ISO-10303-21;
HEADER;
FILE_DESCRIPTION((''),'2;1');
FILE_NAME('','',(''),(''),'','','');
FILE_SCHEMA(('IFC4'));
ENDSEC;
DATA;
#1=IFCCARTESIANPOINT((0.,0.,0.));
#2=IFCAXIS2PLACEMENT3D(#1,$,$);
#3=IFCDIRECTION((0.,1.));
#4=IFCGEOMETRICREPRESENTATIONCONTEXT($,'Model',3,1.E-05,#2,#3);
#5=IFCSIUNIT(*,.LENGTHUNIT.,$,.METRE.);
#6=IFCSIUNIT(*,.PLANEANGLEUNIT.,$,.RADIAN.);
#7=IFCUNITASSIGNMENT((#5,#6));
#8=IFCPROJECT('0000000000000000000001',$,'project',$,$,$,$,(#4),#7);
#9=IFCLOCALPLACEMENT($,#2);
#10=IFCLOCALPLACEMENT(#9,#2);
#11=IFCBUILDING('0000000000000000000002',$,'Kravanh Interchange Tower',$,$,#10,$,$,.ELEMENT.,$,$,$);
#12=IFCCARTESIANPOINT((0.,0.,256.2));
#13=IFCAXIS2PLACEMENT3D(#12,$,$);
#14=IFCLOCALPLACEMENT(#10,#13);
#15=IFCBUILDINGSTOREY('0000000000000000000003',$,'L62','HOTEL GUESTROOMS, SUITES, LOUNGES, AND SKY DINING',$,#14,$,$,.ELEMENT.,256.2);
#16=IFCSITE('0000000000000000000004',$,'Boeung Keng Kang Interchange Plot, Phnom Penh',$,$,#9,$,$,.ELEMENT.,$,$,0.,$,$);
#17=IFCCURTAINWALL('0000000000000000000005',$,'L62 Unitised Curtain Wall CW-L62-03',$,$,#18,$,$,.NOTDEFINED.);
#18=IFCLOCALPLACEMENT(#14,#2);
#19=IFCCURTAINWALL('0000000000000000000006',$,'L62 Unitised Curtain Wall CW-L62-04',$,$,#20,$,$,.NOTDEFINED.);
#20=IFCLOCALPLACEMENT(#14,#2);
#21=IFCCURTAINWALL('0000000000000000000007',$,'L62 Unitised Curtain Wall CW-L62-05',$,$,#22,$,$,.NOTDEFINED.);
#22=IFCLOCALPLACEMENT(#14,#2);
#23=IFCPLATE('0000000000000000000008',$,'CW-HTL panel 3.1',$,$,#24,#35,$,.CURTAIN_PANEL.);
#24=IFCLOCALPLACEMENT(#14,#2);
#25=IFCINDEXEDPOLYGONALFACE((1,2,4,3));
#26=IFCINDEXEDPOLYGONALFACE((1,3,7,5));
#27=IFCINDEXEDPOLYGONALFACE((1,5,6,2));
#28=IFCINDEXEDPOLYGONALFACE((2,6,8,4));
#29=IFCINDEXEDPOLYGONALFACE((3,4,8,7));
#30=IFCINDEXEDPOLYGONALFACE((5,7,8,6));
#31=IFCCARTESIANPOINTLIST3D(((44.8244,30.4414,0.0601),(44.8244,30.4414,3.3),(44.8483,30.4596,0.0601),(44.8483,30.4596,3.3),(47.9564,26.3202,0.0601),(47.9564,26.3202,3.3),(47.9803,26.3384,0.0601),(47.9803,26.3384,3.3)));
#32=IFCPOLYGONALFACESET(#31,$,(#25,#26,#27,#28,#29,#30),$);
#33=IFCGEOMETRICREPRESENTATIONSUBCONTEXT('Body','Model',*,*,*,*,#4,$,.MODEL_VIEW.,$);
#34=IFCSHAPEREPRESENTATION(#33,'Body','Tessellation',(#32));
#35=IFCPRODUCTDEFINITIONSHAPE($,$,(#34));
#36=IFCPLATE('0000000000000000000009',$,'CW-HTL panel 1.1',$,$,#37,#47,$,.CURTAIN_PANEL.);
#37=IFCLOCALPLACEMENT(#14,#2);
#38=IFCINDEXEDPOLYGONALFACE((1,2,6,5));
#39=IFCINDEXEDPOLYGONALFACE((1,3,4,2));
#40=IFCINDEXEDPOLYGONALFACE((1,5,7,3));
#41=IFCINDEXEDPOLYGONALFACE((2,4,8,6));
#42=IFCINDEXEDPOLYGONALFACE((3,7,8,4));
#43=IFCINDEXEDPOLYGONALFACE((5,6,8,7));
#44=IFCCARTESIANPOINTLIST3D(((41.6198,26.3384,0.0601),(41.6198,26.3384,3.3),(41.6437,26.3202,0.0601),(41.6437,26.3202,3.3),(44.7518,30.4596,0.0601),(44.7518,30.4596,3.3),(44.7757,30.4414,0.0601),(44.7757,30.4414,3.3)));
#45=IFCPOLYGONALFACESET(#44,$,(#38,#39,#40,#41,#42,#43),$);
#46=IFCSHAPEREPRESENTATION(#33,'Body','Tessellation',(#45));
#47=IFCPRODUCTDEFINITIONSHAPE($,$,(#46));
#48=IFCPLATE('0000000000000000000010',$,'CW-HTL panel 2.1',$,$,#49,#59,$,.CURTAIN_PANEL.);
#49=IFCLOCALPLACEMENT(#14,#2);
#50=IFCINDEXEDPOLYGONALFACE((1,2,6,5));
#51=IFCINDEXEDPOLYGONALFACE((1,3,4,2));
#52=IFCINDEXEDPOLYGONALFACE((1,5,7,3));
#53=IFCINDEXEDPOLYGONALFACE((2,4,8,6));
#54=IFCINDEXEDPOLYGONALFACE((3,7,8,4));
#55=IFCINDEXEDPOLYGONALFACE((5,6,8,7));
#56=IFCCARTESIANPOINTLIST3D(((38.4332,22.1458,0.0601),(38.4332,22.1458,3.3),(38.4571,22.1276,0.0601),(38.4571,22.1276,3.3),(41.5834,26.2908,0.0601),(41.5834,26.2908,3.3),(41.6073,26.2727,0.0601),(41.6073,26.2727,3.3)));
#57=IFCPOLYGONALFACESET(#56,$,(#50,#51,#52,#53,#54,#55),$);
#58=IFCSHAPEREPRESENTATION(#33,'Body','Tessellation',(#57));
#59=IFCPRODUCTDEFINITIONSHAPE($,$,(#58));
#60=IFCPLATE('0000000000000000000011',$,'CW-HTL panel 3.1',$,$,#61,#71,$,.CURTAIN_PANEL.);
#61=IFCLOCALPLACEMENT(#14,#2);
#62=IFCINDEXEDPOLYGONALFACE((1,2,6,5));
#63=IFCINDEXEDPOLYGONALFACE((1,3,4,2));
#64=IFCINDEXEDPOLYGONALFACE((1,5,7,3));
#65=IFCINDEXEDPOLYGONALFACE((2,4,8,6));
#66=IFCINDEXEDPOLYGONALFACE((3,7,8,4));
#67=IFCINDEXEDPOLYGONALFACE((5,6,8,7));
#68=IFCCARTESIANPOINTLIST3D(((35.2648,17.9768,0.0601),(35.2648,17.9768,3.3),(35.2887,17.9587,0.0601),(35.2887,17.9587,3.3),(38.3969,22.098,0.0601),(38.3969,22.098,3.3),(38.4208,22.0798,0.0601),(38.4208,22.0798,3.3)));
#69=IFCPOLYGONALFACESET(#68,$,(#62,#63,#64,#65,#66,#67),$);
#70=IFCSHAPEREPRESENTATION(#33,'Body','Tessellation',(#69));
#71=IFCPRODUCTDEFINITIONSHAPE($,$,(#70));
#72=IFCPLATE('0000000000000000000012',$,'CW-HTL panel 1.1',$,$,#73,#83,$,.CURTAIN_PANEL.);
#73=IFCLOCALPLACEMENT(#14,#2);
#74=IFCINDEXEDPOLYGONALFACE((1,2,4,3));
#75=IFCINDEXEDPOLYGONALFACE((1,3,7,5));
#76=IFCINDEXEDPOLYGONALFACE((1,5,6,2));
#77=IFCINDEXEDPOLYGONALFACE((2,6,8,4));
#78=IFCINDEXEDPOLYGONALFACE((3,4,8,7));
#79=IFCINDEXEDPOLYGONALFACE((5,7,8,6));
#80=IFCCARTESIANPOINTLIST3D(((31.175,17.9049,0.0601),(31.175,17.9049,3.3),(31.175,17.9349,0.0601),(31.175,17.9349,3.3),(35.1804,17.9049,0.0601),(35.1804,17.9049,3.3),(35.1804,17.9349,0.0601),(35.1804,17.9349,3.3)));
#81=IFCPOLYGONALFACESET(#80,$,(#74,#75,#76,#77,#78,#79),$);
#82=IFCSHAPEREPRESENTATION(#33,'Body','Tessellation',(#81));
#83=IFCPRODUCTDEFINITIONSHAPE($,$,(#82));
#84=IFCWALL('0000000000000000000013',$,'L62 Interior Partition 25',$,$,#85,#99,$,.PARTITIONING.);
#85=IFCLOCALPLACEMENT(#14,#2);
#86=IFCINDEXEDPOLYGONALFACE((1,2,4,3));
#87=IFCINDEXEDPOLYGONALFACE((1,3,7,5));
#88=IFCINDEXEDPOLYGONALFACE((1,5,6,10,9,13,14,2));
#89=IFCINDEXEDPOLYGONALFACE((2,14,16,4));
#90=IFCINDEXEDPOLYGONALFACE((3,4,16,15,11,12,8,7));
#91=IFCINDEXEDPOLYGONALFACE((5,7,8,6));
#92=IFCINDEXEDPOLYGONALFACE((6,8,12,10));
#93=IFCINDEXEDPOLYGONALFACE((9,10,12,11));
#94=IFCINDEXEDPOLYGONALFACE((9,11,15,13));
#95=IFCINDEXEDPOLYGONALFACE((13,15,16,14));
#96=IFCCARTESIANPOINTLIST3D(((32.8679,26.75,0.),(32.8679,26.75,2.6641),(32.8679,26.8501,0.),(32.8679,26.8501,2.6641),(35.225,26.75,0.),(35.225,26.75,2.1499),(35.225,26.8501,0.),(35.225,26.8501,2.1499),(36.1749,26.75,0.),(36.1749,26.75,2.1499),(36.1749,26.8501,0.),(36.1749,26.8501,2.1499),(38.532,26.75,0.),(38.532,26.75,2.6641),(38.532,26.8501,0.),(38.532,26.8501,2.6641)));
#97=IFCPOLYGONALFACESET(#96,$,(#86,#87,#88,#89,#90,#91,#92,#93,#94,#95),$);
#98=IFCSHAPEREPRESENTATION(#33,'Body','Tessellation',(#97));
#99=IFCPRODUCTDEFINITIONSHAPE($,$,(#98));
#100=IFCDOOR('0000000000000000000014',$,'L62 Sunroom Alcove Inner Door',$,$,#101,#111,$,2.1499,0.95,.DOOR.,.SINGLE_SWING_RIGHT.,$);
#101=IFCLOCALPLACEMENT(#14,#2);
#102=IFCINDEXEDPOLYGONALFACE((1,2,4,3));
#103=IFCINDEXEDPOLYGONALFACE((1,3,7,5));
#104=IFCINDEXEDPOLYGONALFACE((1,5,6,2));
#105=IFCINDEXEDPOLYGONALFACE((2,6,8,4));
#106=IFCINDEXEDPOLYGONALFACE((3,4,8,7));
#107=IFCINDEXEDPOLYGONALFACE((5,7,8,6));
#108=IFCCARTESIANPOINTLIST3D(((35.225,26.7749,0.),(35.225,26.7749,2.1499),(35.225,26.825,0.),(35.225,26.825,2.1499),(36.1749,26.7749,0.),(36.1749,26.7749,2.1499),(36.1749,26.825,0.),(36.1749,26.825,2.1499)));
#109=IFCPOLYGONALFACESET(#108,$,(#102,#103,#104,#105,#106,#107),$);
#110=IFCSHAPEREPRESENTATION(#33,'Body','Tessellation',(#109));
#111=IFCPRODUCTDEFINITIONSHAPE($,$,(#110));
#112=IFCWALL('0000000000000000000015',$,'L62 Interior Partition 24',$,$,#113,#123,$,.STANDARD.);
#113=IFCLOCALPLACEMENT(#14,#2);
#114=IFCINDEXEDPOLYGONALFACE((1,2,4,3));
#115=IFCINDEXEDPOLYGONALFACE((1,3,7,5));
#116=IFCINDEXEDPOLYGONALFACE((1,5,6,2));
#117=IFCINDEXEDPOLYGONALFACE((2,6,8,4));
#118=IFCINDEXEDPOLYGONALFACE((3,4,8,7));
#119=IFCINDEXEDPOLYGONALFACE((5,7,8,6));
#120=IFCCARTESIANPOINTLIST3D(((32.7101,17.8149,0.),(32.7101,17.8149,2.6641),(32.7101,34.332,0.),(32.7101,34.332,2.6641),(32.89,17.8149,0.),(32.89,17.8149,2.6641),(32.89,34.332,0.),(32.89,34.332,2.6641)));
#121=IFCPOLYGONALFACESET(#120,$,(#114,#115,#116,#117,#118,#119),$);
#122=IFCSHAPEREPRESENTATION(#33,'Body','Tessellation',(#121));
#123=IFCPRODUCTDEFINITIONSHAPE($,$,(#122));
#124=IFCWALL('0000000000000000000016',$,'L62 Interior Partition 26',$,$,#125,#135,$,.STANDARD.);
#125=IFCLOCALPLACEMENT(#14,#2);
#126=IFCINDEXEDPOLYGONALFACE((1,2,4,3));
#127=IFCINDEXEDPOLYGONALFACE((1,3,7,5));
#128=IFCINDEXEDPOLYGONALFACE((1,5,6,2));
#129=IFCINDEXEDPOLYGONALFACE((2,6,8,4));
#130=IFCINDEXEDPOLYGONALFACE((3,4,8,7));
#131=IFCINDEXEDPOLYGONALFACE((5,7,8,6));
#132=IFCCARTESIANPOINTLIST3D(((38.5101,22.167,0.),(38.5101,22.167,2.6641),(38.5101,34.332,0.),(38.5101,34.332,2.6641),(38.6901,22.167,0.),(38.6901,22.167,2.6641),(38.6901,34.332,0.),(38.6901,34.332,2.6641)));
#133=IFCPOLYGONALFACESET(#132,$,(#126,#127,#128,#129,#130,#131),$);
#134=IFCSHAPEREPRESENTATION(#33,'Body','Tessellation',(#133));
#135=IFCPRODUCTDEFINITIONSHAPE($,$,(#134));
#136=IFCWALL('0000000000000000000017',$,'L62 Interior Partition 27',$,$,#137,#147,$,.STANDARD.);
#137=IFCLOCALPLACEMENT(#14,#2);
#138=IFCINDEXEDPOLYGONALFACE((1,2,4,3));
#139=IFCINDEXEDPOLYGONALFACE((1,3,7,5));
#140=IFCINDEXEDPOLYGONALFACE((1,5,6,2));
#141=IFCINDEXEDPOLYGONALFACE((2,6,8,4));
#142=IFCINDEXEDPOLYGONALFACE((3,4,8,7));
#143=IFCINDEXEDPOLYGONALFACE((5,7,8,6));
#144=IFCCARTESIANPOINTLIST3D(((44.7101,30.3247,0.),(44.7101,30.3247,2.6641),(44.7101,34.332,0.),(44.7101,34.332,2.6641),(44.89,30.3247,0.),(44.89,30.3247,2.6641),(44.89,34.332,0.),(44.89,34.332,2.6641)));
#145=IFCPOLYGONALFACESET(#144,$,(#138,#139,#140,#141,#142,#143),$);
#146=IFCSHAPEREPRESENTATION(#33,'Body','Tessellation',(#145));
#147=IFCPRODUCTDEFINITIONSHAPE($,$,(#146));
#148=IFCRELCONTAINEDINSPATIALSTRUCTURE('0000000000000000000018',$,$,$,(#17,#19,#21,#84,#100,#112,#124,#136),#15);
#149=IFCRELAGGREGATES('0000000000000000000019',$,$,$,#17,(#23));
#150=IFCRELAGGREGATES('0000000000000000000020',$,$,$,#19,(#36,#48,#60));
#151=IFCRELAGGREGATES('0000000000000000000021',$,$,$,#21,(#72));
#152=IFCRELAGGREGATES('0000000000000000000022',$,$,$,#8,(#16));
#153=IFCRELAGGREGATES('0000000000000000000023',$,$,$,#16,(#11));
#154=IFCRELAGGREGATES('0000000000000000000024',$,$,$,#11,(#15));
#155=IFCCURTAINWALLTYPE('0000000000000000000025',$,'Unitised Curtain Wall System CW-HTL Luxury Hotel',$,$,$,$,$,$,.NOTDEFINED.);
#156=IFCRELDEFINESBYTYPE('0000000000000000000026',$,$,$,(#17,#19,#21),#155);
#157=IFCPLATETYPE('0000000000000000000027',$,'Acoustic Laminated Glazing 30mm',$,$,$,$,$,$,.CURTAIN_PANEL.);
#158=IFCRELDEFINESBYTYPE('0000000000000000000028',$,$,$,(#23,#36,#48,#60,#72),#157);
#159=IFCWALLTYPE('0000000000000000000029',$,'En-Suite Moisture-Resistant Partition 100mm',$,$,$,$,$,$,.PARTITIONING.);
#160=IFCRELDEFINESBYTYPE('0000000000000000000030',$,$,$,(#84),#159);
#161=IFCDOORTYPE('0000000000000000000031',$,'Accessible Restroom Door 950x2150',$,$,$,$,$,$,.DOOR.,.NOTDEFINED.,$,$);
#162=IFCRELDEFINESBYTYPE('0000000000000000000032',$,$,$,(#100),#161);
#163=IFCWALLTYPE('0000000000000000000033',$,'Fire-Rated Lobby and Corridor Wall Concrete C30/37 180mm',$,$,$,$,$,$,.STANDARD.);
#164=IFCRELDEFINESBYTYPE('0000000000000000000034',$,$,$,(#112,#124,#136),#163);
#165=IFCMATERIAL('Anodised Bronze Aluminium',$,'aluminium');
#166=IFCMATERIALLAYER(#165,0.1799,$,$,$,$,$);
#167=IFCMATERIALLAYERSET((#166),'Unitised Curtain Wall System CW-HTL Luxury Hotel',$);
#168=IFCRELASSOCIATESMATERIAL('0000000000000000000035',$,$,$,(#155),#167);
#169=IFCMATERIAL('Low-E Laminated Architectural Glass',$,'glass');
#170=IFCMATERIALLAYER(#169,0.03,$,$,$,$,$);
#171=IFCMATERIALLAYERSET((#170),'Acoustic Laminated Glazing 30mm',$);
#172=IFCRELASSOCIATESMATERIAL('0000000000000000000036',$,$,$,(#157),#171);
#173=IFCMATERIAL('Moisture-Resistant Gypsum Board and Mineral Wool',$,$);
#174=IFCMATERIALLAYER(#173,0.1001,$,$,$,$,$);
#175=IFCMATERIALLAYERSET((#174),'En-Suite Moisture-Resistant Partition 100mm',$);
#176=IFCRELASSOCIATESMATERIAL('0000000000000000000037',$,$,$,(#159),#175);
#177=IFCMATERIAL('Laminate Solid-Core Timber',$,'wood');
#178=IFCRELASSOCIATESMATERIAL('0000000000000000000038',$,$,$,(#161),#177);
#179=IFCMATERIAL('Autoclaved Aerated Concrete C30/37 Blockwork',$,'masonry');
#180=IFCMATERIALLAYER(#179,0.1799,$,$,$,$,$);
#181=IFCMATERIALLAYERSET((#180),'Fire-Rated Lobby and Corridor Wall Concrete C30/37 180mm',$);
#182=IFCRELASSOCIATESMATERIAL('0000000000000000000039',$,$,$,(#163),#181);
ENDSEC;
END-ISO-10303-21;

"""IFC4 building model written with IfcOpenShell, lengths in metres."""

from ifc_helpers import new_model, si_unit, direction, frame, frame_2d, origin, origin_2d, place, context, subcontext, project, spatial, rectangle, extrude, material, layer, layer_set, type_object, element, fill, aggregate, save


model = new_model("IFC4")

# Units and contexts
model_context = context("Model", 3, precision=1e-05, world=origin(), true_north=direction((0.0, 1.0)))
body_context = subcontext(model_context, "Body", "Model", "MODEL_VIEW")
ifc_project = project(units=[si_unit("LENGTHUNIT", "METRE"), si_unit("PLANEANGLEUNIT", "RADIAN")], contexts=[model_context])

# Site, building, storey
site_placement = place(None, origin())
site = spatial("IfcSite", under=ifc_project, at=site_placement, Name="Boeung Keng Kang Interchange Plot, Phnom Penh", CompositionType="ELEMENT", RefElevation=0.0)
building_placement = place(site_placement, origin())
building = spatial("IfcBuilding", under=site, at=building_placement, Name="Kravanh Interchange Tower", CompositionType="ELEMENT")
storey_placement = place(building_placement, frame((0.0, 0.0, 256.2)))
storey = spatial("IfcBuildingStorey", under=building, at=storey_placement, Name="L62", Description="HOTEL GUESTROOMS, SUITES, LOUNGES, AND SKY DINING", CompositionType="ELEMENT", Elevation=256.2)

# Curtain wall
ifc_material_1 = material(Name="Anodised Bronze Aluminium", Category="aluminium")
ifc_layer_1 = layer(ifc_material_1, 0.1799)
ifc_layer_set_1 = layer_set([ifc_layer_1], Name="Unitised Curtain Wall System CW-HTL Luxury Hotel")
curtain_wall_type = type_object("IfcCurtainWallType", Name="Unitised Curtain Wall System CW-HTL Luxury Hotel", PredefinedType="NOTDEFINED", material=ifc_layer_set_1)
curtain_wall_1_placement = place(storey_placement, origin())
curtain_wall_1 = element("IfcCurtainWall", 1, at=curtain_wall_1_placement, inside=storey, type_object=curtain_wall_type, Name="L62 Unitised Curtain Wall CW-L62-03", PredefinedType="NOTDEFINED")

# Curtain wall
curtain_wall_2_placement = place(storey_placement, origin())
curtain_wall_2 = element("IfcCurtainWall", 2, at=curtain_wall_2_placement, inside=storey, type_object=curtain_wall_type, Name="L62 Unitised Curtain Wall CW-L62-04", PredefinedType="NOTDEFINED")

# Curtain wall
curtain_wall_3_placement = place(storey_placement, origin())
curtain_wall_3 = element("IfcCurtainWall", 3, at=curtain_wall_3_placement, inside=storey, type_object=curtain_wall_type, Name="L62 Unitised Curtain Wall CW-L62-05", PredefinedType="NOTDEFINED")

# Plates
ifc_material_2 = material(Name="Low-E Laminated Architectural Glass", Category="glass")
ifc_layer_2 = layer(ifc_material_2, 0.03)
ifc_layer_set_2 = layer_set([ifc_layer_2], Name="Acoustic Laminated Glazing 30mm")
plate_type = type_object("IfcPlateType", Name="Acoustic Laminated Glazing 30mm", PredefinedType="CURTAIN_PANEL", material=ifc_layer_set_2)
plate_1_placement = place(storey_placement, frame((46.4023, 28.3899, 0.0601), z_axis=(0.0, 0.0, 1.0), x_axis=(-0.605083, 0.796162, 0.0)))
plate_1 = element("IfcPlate", 4, at=plate_1_placement, type_object=plate_type, Name="CW-HTL panel 3.1", PredefinedType="CURTAIN_PANEL", context=body_context, shape_type="SweptSolid", body=[
    extrude(rectangle(XDim=5.1763, YDim=0.03, at=origin_2d()), origin(), (0.0, 0.0, 1.0), 3.24),
])
aggregate(curtain_wall_1, [plate_1])
plate_2_placement = place(storey_placement, frame((43.1978, 28.3899, 0.0601), z_axis=(0.0, 0.0, 1.0), x_axis=(-0.605083, -0.796162, 0.0)))
plate_2 = element("IfcPlate", 5, at=plate_2_placement, type_object=plate_type, Name="CW-HTL panel 1.1", PredefinedType="CURTAIN_PANEL", context=body_context, shape_type="SweptSolid", body=[
    extrude(rectangle(XDim=5.1763, YDim=0.03, at=origin_2d()), origin(), (0.0, 0.0, 1.0), 3.24),
])
plate_3_placement = place(storey_placement, frame((40.0203, 24.2092, 0.0601), z_axis=(0.0, 0.0, 1.0), x_axis=(-0.605083, -0.796162, 0.0)))
plate_3 = element("IfcPlate", 6, at=plate_3_placement, type_object=plate_type, Name="CW-HTL panel 2.1", PredefinedType="CURTAIN_PANEL", context=body_context, shape_type="SweptSolid", body=[
    extrude(rectangle(XDim=5.2063, YDim=0.03, at=origin_2d()), origin(), (0.0, 0.0, 1.0), 3.24),
])
plate_4_placement = place(storey_placement, frame((36.8428, 20.0283, 0.0601), z_axis=(0.0, 0.0, 1.0), x_axis=(-0.605083, -0.796162, 0.0)))
plate_4 = element("IfcPlate", 7, at=plate_4_placement, type_object=plate_type, Name="CW-HTL panel 3.1", PredefinedType="CURTAIN_PANEL", context=body_context, shape_type="SweptSolid", body=[
    extrude(rectangle(XDim=5.1763, YDim=0.03, at=origin_2d()), origin(), (0.0, 0.0, 1.0), 3.24),
])
aggregate(curtain_wall_2, [plate_2, plate_3, plate_4])
plate_5_placement = place(storey_placement, frame((33.1777, 17.9199, 0.0601), z_axis=(0.0, 0.0, 1.0), x_axis=(-1.0, 0.0, 0.0)))
plate_5 = element("IfcPlate", 8, at=plate_5_placement, type_object=plate_type, Name="CW-HTL panel 1.1", PredefinedType="CURTAIN_PANEL", context=body_context, shape_type="SweptSolid", body=[
    extrude(rectangle(XDim=4.0054, YDim=0.03, at=origin_2d()), origin(), (0.0, 0.0, 1.0), 3.24),
])
aggregate(curtain_wall_3, [plate_5])

# Wall, opening, door
ifc_material_3 = material(Name="Moisture-Resistant Gypsum Board and Mineral Wool")
ifc_layer_3 = layer(ifc_material_3, 0.1001)
ifc_layer_set_3 = layer_set([ifc_layer_3], Name="En-Suite Moisture-Resistant Partition 100mm")
wall_type_1 = type_object("IfcWallType", Name="En-Suite Moisture-Resistant Partition 100mm", PredefinedType="PARTITIONING", material=ifc_layer_set_3)
wall_1_placement = place(storey_placement, frame((32.8679, 26.8, 0.0), z_axis=(0.0, 0.0, 1.0), x_axis=(1.0, 0.0, 0.0)))
wall_1 = element("IfcWall", 9, at=wall_1_placement, inside=storey, type_object=wall_type_1, Name="L62 Interior Partition 25", PredefinedType="PARTITIONING", context=body_context, shape_type="SweptSolid", body=[
    extrude(rectangle(XDim=5.6641, YDim=0.1001, at=frame_2d((2.832, 0.0))), origin(), (0.0, 0.0, 1.0), 2.6641),
])
opening_placement = place(wall_1_placement, frame((2.3569, 0.0, 0.0)))
opening = element("IfcOpeningElement", 10, at=opening_placement, cuts=wall_1, PredefinedType="OPENING", context=body_context, shape_type="SweptSolid", body=[
    extrude(rectangle(XDim=0.95, YDim=2.1499, at=frame_2d((0.4751, 1.075))), frame((0.0, 0.0601, 0.0), z_axis=(0.0, -1.0, 0.0), x_axis=(1.0, 0.0, 0.0)), (0.0, 0.0, 1.0), 0.1201),
])
ifc_material_4 = material(Name="Laminate Solid-Core Timber", Category="wood")
door_type = type_object("IfcDoorType", Name="Accessible Restroom Door 950x2150", OperationType="NOTDEFINED", PredefinedType="DOOR", material=ifc_material_4)
door_placement = place(opening_placement, origin())
door = element("IfcDoor", 11, at=door_placement, inside=storey, type_object=door_type, Name="L62 Sunroom Alcove Inner Door", OperationType="SINGLE_SWING_RIGHT", OverallHeight=2.1499, OverallWidth=0.95, PredefinedType="DOOR", context=body_context, shape_type="SweptSolid", body=[
    extrude(rectangle(XDim=0.95, YDim=2.1499, at=frame_2d((0.4751, 1.075))), frame((0.0, 0.0249, 0.0), z_axis=(0.0, -1.0, 0.0), x_axis=(1.0, 0.0, 0.0)), (0.0, 0.0, 1.0), 0.05),
])
fill(opening, door)

# Walls
ifc_material_5 = material(Name="Autoclaved Aerated Concrete C30/37 Blockwork", Category="masonry")
ifc_layer_4 = layer(ifc_material_5, 0.1799)
ifc_layer_set_4 = layer_set([ifc_layer_4], Name="Fire-Rated Lobby and Corridor Wall Concrete C30/37 180mm")
wall_type_2 = type_object("IfcWallType", Name="Fire-Rated Lobby and Corridor Wall Concrete C30/37 180mm", PredefinedType="STANDARD", material=ifc_layer_set_4)
wall_2_placement = place(storey_placement, frame((32.8, 17.8149, 0.0), z_axis=(0.0, 0.0, 1.0), x_axis=(0.0, 1.0, 0.0)))
element("IfcWall", 12, at=wall_2_placement, inside=storey, type_object=wall_type_2, Name="L62 Interior Partition 24", PredefinedType="STANDARD", context=body_context, shape_type="SweptSolid", body=[
    extrude(rectangle(XDim=16.5171, YDim=0.1799, at=frame_2d((8.2585, 0.0))), origin(), (0.0, 0.0, 1.0), 2.6641),
])
wall_3_placement = place(storey_placement, frame((38.6001, 22.167, 0.0), z_axis=(0.0, 0.0, 1.0), x_axis=(0.0, 1.0, 0.0)))
element("IfcWall", 13, at=wall_3_placement, inside=storey, type_object=wall_type_2, Name="L62 Interior Partition 26", PredefinedType="STANDARD", context=body_context, shape_type="SweptSolid", body=[
    extrude(rectangle(XDim=12.165, YDim=0.1799, at=frame_2d((6.0825, 0.0))), origin(), (0.0, 0.0, 1.0), 2.6641),
])
wall_4_placement = place(storey_placement, frame((44.8, 30.3247, 0.0), z_axis=(0.0, 0.0, 1.0), x_axis=(0.0, 1.0, 0.0)))
element("IfcWall", 14, at=wall_4_placement, inside=storey, type_object=wall_type_2, Name="L62 Interior Partition 27", PredefinedType="STANDARD", context=body_context, shape_type="SweptSolid", body=[
    extrude(rectangle(XDim=4.0073, YDim=0.1799, at=frame_2d((2.0037, 0.0))), origin(), (0.0, 0.0, 1.0), 2.6641),
])

save(model, "model.ifc")
